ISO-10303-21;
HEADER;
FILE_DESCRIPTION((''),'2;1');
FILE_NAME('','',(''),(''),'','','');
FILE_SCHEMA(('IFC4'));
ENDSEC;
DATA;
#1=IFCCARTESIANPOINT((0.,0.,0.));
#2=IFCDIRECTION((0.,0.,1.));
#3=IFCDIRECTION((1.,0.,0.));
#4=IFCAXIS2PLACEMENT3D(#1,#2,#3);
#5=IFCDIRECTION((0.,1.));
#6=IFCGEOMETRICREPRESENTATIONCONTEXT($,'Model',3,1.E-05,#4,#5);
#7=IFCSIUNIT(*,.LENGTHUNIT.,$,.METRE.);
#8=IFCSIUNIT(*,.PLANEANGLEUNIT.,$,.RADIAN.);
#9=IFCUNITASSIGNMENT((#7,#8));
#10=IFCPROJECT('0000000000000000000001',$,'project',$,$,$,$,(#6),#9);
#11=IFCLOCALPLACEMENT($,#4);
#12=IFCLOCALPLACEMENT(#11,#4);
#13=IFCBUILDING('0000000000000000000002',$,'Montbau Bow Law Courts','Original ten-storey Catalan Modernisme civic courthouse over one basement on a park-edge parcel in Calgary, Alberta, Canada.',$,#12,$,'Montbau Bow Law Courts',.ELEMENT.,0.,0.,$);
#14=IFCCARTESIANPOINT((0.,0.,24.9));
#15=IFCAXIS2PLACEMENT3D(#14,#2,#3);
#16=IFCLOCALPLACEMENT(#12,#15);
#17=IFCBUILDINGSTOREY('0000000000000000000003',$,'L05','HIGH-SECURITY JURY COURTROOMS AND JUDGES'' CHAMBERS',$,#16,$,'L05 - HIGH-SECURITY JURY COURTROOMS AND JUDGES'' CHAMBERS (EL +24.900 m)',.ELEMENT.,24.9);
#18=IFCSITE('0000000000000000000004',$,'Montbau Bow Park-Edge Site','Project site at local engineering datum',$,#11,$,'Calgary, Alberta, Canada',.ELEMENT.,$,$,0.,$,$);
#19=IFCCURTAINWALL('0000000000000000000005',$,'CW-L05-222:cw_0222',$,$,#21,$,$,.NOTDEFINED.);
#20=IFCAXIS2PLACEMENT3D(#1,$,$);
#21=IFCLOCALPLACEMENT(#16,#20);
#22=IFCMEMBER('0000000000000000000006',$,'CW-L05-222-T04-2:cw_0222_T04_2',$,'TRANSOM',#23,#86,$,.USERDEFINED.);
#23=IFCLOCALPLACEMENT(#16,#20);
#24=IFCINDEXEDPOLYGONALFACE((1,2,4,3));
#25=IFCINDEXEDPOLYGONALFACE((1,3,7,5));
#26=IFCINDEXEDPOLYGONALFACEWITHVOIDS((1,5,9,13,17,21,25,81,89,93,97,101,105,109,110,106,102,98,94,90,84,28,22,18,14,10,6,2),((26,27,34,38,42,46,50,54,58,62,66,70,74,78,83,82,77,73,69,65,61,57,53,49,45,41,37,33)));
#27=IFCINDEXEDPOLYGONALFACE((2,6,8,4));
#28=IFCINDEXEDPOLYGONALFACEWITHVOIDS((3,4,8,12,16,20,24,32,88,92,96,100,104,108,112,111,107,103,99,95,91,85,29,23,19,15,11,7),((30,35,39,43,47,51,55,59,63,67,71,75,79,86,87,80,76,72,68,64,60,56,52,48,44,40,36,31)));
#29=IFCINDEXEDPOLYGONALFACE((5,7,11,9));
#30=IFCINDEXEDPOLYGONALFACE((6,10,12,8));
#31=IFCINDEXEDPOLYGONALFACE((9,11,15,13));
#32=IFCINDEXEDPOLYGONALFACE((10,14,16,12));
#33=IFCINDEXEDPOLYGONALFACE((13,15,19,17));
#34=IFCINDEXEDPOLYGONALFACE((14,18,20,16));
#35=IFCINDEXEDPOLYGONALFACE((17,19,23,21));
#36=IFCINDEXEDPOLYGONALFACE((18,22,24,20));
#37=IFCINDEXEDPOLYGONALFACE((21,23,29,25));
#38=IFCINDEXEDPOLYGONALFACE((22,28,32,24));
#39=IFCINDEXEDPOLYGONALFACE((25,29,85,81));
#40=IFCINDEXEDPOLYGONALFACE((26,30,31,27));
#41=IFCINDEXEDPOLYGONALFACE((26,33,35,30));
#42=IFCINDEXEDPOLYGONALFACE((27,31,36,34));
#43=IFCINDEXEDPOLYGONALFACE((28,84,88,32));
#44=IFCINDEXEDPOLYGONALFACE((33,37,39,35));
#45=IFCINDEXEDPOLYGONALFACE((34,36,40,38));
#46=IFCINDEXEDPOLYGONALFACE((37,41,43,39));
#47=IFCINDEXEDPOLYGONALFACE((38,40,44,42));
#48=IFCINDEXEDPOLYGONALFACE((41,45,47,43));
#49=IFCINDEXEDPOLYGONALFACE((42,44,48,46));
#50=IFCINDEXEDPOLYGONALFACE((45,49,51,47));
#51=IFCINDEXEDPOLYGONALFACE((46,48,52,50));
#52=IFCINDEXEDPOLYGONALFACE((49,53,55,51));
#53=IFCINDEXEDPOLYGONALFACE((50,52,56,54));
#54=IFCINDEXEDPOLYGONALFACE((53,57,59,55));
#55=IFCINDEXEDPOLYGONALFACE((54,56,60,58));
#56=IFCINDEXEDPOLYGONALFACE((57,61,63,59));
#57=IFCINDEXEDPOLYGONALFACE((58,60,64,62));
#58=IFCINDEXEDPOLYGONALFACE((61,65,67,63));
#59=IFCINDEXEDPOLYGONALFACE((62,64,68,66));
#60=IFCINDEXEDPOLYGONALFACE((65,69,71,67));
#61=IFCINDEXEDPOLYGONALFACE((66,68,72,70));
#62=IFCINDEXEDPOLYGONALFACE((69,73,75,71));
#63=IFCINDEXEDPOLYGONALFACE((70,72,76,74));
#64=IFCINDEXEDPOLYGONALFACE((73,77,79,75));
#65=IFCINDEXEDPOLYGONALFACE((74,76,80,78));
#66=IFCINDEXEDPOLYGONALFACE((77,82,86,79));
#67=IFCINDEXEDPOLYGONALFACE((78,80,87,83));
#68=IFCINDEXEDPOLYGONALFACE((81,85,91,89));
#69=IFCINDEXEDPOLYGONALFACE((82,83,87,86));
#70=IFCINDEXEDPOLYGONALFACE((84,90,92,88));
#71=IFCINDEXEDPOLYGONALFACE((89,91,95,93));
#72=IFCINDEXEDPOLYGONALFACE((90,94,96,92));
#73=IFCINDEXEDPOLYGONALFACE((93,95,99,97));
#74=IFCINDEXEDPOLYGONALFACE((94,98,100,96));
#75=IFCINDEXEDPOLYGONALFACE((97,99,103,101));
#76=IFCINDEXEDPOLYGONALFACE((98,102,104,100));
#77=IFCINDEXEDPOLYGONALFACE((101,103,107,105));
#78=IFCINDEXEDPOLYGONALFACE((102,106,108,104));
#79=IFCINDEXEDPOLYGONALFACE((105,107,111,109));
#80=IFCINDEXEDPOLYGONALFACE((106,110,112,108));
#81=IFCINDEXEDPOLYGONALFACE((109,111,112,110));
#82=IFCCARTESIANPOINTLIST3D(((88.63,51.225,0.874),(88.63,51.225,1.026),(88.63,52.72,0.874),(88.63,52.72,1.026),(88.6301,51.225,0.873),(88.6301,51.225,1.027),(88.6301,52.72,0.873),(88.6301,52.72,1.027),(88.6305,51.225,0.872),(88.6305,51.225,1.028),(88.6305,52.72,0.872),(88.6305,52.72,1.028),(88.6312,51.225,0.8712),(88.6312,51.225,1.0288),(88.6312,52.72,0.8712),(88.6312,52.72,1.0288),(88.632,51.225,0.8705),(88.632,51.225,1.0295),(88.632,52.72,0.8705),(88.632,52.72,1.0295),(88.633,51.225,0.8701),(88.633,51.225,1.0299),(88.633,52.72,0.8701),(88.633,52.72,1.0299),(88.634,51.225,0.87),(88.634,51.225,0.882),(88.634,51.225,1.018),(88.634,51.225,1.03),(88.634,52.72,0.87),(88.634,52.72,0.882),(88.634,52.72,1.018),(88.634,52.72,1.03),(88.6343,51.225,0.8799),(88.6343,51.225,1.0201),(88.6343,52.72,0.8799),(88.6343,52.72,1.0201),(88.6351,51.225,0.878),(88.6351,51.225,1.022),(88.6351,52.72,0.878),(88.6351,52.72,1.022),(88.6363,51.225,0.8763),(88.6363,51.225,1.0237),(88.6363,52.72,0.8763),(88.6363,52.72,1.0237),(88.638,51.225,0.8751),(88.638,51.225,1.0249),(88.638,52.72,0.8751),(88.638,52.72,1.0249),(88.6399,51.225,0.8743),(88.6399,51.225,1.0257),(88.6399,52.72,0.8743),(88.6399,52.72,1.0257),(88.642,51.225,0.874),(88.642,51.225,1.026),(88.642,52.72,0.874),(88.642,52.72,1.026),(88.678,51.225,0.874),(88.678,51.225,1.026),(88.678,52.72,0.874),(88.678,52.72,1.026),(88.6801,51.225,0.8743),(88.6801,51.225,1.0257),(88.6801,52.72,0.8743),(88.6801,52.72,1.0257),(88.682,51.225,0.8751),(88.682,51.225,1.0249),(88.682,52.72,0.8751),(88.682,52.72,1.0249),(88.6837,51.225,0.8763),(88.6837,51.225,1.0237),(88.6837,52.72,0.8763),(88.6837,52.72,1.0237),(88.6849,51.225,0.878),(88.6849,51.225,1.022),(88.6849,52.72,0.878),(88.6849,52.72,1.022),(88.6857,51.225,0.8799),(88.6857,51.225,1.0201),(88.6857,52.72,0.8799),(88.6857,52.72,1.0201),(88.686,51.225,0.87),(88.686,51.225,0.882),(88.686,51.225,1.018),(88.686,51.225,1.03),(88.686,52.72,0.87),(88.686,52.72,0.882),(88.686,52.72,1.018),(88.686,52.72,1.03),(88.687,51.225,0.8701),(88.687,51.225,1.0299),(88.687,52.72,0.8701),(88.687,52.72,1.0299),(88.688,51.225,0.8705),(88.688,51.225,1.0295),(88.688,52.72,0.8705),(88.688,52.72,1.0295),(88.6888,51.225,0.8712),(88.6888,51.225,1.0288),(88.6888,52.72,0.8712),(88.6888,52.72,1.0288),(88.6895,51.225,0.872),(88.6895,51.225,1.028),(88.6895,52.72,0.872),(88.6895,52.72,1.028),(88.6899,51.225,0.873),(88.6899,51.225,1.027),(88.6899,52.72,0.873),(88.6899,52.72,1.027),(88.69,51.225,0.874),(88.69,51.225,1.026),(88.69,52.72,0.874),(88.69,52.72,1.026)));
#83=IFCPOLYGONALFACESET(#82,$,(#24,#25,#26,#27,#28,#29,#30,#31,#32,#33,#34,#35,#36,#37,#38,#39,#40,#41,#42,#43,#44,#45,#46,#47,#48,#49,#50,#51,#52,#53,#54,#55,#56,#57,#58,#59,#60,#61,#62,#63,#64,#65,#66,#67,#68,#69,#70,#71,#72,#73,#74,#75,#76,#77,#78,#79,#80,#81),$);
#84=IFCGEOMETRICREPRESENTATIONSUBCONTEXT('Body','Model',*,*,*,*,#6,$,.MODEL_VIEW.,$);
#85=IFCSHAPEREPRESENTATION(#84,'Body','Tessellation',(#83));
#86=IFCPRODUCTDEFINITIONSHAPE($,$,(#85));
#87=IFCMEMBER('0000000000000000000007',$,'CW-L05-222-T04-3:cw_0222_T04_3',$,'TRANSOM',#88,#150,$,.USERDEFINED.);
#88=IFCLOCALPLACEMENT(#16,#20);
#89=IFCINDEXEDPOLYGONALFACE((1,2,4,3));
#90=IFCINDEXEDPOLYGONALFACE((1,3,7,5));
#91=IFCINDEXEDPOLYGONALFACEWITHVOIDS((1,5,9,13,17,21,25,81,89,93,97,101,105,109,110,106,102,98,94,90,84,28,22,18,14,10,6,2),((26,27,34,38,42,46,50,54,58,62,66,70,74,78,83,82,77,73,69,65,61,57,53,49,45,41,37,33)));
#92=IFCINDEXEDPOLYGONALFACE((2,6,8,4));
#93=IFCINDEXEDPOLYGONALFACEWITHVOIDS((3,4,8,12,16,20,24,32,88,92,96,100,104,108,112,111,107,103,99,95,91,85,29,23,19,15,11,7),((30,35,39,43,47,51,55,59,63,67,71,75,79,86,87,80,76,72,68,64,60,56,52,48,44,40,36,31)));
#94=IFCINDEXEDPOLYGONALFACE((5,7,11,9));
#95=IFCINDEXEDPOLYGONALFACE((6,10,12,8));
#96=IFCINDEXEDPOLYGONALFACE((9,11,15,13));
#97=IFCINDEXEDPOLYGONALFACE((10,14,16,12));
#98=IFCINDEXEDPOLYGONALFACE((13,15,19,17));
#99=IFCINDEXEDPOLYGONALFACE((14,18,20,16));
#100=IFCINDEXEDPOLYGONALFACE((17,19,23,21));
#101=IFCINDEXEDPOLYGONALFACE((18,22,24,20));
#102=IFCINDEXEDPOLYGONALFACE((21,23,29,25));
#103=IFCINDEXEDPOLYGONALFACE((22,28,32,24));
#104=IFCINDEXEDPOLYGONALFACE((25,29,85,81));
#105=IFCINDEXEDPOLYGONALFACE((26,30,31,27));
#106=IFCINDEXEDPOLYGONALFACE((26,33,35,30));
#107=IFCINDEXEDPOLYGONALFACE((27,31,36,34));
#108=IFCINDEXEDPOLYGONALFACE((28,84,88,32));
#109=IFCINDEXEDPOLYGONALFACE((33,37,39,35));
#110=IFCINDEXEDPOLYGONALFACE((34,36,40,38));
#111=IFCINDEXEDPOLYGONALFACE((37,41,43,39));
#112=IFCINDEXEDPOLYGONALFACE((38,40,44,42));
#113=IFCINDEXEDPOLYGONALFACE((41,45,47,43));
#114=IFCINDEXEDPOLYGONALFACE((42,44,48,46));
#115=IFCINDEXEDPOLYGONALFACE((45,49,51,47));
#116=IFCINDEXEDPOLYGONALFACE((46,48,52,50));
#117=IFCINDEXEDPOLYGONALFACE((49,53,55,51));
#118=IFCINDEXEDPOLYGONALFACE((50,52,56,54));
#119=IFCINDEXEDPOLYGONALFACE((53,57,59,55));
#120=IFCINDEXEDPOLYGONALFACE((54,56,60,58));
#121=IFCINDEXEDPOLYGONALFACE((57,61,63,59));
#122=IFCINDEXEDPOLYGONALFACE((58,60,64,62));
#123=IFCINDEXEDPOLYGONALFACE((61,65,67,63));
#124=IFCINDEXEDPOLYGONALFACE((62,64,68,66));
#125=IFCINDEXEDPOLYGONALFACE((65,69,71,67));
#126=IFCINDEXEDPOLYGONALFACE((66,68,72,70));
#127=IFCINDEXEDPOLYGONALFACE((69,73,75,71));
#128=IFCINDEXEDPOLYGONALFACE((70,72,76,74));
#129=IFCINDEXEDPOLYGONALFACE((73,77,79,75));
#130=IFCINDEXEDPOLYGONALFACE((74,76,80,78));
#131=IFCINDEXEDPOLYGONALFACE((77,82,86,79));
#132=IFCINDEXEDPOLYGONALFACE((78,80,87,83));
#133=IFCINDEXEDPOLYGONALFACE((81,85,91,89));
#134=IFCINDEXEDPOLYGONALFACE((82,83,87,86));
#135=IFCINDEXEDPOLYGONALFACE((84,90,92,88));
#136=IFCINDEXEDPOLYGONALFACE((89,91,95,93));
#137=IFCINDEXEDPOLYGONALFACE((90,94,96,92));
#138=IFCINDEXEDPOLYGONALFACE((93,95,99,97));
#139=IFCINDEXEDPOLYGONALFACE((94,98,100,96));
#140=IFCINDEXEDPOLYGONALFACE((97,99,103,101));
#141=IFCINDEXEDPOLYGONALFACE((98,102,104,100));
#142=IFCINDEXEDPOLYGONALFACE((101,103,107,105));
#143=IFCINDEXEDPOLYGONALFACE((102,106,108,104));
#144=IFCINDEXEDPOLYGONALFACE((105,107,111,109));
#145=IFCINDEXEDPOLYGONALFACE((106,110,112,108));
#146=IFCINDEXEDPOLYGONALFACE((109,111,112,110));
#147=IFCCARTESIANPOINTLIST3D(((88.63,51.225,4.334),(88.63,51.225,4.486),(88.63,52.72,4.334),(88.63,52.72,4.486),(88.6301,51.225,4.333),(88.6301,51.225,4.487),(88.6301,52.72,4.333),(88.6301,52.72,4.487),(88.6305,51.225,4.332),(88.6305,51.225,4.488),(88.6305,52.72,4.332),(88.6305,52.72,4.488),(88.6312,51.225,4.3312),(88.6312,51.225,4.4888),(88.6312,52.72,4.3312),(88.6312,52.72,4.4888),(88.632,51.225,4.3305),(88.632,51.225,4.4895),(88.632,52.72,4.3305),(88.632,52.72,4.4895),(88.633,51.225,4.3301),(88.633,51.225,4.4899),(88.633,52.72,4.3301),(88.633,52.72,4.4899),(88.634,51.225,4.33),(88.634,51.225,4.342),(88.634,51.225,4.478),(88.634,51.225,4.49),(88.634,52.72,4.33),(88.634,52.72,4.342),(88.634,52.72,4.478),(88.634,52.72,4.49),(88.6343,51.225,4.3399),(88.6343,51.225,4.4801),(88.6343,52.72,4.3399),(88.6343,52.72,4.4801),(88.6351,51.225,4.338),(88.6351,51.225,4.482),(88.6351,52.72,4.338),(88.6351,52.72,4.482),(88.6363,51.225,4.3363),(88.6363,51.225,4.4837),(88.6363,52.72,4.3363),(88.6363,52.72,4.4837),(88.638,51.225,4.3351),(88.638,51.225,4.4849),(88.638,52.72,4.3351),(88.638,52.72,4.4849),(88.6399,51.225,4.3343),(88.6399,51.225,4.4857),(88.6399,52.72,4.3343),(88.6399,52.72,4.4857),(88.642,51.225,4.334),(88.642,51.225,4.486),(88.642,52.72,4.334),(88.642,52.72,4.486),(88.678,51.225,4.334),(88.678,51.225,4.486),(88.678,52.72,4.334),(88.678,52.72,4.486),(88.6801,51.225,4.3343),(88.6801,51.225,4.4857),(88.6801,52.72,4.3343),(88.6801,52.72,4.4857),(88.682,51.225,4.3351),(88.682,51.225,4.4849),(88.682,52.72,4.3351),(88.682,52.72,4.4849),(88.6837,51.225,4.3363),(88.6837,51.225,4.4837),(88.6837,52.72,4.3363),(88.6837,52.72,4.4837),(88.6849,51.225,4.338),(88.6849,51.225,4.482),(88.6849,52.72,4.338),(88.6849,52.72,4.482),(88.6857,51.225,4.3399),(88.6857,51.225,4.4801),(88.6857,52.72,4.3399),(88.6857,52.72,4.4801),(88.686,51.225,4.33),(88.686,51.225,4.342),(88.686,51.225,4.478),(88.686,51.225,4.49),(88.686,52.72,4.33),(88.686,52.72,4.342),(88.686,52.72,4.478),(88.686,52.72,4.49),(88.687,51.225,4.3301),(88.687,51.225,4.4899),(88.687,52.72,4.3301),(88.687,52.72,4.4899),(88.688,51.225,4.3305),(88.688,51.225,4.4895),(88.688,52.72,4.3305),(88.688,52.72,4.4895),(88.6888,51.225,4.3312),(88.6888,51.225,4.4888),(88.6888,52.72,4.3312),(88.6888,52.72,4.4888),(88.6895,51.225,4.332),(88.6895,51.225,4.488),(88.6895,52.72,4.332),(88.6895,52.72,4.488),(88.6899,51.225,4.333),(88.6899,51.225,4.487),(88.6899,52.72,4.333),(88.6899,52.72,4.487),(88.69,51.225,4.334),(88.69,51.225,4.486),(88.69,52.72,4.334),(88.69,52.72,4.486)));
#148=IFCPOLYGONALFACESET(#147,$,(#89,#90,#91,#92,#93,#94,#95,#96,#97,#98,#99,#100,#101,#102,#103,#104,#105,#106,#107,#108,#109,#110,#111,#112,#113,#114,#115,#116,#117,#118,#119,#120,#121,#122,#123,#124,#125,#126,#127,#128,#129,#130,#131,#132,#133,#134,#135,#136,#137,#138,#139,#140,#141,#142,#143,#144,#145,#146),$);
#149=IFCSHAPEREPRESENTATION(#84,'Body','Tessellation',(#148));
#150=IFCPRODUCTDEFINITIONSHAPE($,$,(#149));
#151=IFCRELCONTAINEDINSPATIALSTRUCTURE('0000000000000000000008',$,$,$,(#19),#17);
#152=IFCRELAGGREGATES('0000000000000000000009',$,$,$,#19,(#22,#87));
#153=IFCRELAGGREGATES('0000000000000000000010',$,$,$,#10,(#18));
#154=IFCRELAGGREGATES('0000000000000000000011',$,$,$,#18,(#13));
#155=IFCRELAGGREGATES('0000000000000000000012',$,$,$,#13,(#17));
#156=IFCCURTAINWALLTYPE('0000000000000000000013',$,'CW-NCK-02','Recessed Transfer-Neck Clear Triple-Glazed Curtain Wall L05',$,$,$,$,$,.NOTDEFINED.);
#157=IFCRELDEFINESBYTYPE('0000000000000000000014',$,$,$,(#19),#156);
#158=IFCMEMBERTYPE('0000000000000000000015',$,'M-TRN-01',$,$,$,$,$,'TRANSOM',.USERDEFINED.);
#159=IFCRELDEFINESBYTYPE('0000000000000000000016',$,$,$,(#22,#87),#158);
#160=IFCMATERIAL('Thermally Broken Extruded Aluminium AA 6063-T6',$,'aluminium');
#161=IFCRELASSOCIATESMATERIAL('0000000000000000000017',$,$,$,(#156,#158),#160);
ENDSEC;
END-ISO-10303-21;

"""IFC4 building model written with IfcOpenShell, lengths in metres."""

from ifc_helpers import new_model, si_unit, direction, frame, origin_with_axes, origin_2d_with_axis, place, context, subcontext, project, spatial, hollow_rectangle, extrude, material, material_profile, profile_set, type_object, element, aggregate, save


model = new_model("IFC4")

# Units and contexts
model_context = context("Model", 3, precision=1e-05, world=origin_with_axes(), true_north=direction((0.0, 1.0)))
body_context = subcontext(model_context, "Body", "Model", "MODEL_VIEW")
ifc_project = project(units=[si_unit("LENGTHUNIT", "METRE"), si_unit("PLANEANGLEUNIT", "RADIAN")], contexts=[model_context])

# Site, building, storey
site_placement = place(None, origin_with_axes())
site = spatial("IfcSite", under=ifc_project, at=site_placement, Name="Montbau Bow Park-Edge Site", Description="Project site at local engineering datum", LongName="Calgary, Alberta, Canada", CompositionType="ELEMENT", RefElevation=0.0)
building_placement = place(site_placement, origin_with_axes())
building = spatial("IfcBuilding", under=site, at=building_placement, Name="Montbau Bow Law Courts", Description="Original ten-storey Catalan Modernisme civic courthouse over one basement on a park-edge parcel in Calgary, Alberta, Canada.", LongName="Montbau Bow Law Courts", CompositionType="ELEMENT", ElevationOfRefHeight=0.0, ElevationOfTerrain=0.0)
storey_placement = place(building_placement, frame((0.0, 0.0, 24.9), z_axis=(0.0, 0.0, 1.0), x_axis=(1.0, 0.0, 0.0)))
storey = spatial("IfcBuildingStorey", under=building, at=storey_placement, Name="L05", Description="HIGH-SECURITY JURY COURTROOMS AND JUDGES' CHAMBERS", LongName="L05 - HIGH-SECURITY JURY COURTROOMS AND JUDGES' CHAMBERS (EL +24.900 m)", CompositionType="ELEMENT", Elevation=24.9)

# Curtain wall
ifc_material_1 = material(Name="Thermally Broken Extruded Aluminium AA 6063-T6", Category="aluminium")
curtain_wall_type = type_object("IfcCurtainWallType", Name="CW-NCK-02", Description="Recessed Transfer-Neck Clear Triple-Glazed Curtain Wall L05", PredefinedType="NOTDEFINED", material=ifc_material_1)
curtain_wall_1_placement = place(None, frame((88.66, 46.468, 24.9), z_axis=(0.0, 0.0, 1.0), x_axis=(1.0, 0.0, 0.0)))
curtain_wall_1 = element("IfcCurtainWall", 1, at=curtain_wall_1_placement, inside=storey, type_object=curtain_wall_type, Name="CW-L05-222:cw_0222", PredefinedType="NOTDEFINED")
ifc_material_profile_1 = material_profile(ifc_material_1, hollow_rectangle(XDim=0.06, YDim=0.16, WallThickness=0.004, InnerFilletRadius=0.008, OuterFilletRadius=0.004, at=origin_2d_with_axis()), Name="CWT-160X60", Category="Main", Priority=0)
ifc_profile_set_1 = profile_set([ifc_material_profile_1], Name="Thermally Broken Extruded Aluminium AA 6063-T6")
member_type_1 = type_object("IfcMemberType", Name="M-TRN-01", ElementType="TRANSOM", PredefinedType="USERDEFINED", material=ifc_profile_set_1)

# Members
member_1_placement = place(None, frame((88.66, 51.225, 25.85), z_axis=(0.0, 1.0, 0.0), x_axis=(-1.0, 0.0, 0.0)))
member_1 = element("IfcMember", 2, at=member_1_placement, type_object=member_type_1, Name="CW-L05-222-T04-2:cw_0222_T04_2", ObjectType="TRANSOM", PredefinedType="USERDEFINED", context=body_context, shape_type="SweptSolid", body=[
    extrude(hollow_rectangle(XDim=0.06, YDim=0.16, WallThickness=0.004, InnerFilletRadius=0.008, OuterFilletRadius=0.004, at=origin_2d_with_axis()), origin_with_axes(), (0.0, 0.0, 1.0), 1.495),
])
member_2_placement = place(None, frame((88.66, 51.225, 29.31), z_axis=(0.0, 1.0, 0.0), x_axis=(-1.0, 0.0, 0.0)))
member_2 = element("IfcMember", 3, at=member_2_placement, type_object=member_type_1, Name="CW-L05-222-T04-3:cw_0222_T04_3", ObjectType="TRANSOM", PredefinedType="USERDEFINED", context=body_context, shape_type="SweptSolid", body=[
    extrude(hollow_rectangle(XDim=0.06, YDim=0.16, WallThickness=0.004, InnerFilletRadius=0.008, OuterFilletRadius=0.004, at=origin_2d_with_axis()), origin_with_axes(), (0.0, 0.0, 1.0), 1.495),
])

aggregate(curtain_wall_1, [member_1, member_2])

save(model, "model.ifc")
